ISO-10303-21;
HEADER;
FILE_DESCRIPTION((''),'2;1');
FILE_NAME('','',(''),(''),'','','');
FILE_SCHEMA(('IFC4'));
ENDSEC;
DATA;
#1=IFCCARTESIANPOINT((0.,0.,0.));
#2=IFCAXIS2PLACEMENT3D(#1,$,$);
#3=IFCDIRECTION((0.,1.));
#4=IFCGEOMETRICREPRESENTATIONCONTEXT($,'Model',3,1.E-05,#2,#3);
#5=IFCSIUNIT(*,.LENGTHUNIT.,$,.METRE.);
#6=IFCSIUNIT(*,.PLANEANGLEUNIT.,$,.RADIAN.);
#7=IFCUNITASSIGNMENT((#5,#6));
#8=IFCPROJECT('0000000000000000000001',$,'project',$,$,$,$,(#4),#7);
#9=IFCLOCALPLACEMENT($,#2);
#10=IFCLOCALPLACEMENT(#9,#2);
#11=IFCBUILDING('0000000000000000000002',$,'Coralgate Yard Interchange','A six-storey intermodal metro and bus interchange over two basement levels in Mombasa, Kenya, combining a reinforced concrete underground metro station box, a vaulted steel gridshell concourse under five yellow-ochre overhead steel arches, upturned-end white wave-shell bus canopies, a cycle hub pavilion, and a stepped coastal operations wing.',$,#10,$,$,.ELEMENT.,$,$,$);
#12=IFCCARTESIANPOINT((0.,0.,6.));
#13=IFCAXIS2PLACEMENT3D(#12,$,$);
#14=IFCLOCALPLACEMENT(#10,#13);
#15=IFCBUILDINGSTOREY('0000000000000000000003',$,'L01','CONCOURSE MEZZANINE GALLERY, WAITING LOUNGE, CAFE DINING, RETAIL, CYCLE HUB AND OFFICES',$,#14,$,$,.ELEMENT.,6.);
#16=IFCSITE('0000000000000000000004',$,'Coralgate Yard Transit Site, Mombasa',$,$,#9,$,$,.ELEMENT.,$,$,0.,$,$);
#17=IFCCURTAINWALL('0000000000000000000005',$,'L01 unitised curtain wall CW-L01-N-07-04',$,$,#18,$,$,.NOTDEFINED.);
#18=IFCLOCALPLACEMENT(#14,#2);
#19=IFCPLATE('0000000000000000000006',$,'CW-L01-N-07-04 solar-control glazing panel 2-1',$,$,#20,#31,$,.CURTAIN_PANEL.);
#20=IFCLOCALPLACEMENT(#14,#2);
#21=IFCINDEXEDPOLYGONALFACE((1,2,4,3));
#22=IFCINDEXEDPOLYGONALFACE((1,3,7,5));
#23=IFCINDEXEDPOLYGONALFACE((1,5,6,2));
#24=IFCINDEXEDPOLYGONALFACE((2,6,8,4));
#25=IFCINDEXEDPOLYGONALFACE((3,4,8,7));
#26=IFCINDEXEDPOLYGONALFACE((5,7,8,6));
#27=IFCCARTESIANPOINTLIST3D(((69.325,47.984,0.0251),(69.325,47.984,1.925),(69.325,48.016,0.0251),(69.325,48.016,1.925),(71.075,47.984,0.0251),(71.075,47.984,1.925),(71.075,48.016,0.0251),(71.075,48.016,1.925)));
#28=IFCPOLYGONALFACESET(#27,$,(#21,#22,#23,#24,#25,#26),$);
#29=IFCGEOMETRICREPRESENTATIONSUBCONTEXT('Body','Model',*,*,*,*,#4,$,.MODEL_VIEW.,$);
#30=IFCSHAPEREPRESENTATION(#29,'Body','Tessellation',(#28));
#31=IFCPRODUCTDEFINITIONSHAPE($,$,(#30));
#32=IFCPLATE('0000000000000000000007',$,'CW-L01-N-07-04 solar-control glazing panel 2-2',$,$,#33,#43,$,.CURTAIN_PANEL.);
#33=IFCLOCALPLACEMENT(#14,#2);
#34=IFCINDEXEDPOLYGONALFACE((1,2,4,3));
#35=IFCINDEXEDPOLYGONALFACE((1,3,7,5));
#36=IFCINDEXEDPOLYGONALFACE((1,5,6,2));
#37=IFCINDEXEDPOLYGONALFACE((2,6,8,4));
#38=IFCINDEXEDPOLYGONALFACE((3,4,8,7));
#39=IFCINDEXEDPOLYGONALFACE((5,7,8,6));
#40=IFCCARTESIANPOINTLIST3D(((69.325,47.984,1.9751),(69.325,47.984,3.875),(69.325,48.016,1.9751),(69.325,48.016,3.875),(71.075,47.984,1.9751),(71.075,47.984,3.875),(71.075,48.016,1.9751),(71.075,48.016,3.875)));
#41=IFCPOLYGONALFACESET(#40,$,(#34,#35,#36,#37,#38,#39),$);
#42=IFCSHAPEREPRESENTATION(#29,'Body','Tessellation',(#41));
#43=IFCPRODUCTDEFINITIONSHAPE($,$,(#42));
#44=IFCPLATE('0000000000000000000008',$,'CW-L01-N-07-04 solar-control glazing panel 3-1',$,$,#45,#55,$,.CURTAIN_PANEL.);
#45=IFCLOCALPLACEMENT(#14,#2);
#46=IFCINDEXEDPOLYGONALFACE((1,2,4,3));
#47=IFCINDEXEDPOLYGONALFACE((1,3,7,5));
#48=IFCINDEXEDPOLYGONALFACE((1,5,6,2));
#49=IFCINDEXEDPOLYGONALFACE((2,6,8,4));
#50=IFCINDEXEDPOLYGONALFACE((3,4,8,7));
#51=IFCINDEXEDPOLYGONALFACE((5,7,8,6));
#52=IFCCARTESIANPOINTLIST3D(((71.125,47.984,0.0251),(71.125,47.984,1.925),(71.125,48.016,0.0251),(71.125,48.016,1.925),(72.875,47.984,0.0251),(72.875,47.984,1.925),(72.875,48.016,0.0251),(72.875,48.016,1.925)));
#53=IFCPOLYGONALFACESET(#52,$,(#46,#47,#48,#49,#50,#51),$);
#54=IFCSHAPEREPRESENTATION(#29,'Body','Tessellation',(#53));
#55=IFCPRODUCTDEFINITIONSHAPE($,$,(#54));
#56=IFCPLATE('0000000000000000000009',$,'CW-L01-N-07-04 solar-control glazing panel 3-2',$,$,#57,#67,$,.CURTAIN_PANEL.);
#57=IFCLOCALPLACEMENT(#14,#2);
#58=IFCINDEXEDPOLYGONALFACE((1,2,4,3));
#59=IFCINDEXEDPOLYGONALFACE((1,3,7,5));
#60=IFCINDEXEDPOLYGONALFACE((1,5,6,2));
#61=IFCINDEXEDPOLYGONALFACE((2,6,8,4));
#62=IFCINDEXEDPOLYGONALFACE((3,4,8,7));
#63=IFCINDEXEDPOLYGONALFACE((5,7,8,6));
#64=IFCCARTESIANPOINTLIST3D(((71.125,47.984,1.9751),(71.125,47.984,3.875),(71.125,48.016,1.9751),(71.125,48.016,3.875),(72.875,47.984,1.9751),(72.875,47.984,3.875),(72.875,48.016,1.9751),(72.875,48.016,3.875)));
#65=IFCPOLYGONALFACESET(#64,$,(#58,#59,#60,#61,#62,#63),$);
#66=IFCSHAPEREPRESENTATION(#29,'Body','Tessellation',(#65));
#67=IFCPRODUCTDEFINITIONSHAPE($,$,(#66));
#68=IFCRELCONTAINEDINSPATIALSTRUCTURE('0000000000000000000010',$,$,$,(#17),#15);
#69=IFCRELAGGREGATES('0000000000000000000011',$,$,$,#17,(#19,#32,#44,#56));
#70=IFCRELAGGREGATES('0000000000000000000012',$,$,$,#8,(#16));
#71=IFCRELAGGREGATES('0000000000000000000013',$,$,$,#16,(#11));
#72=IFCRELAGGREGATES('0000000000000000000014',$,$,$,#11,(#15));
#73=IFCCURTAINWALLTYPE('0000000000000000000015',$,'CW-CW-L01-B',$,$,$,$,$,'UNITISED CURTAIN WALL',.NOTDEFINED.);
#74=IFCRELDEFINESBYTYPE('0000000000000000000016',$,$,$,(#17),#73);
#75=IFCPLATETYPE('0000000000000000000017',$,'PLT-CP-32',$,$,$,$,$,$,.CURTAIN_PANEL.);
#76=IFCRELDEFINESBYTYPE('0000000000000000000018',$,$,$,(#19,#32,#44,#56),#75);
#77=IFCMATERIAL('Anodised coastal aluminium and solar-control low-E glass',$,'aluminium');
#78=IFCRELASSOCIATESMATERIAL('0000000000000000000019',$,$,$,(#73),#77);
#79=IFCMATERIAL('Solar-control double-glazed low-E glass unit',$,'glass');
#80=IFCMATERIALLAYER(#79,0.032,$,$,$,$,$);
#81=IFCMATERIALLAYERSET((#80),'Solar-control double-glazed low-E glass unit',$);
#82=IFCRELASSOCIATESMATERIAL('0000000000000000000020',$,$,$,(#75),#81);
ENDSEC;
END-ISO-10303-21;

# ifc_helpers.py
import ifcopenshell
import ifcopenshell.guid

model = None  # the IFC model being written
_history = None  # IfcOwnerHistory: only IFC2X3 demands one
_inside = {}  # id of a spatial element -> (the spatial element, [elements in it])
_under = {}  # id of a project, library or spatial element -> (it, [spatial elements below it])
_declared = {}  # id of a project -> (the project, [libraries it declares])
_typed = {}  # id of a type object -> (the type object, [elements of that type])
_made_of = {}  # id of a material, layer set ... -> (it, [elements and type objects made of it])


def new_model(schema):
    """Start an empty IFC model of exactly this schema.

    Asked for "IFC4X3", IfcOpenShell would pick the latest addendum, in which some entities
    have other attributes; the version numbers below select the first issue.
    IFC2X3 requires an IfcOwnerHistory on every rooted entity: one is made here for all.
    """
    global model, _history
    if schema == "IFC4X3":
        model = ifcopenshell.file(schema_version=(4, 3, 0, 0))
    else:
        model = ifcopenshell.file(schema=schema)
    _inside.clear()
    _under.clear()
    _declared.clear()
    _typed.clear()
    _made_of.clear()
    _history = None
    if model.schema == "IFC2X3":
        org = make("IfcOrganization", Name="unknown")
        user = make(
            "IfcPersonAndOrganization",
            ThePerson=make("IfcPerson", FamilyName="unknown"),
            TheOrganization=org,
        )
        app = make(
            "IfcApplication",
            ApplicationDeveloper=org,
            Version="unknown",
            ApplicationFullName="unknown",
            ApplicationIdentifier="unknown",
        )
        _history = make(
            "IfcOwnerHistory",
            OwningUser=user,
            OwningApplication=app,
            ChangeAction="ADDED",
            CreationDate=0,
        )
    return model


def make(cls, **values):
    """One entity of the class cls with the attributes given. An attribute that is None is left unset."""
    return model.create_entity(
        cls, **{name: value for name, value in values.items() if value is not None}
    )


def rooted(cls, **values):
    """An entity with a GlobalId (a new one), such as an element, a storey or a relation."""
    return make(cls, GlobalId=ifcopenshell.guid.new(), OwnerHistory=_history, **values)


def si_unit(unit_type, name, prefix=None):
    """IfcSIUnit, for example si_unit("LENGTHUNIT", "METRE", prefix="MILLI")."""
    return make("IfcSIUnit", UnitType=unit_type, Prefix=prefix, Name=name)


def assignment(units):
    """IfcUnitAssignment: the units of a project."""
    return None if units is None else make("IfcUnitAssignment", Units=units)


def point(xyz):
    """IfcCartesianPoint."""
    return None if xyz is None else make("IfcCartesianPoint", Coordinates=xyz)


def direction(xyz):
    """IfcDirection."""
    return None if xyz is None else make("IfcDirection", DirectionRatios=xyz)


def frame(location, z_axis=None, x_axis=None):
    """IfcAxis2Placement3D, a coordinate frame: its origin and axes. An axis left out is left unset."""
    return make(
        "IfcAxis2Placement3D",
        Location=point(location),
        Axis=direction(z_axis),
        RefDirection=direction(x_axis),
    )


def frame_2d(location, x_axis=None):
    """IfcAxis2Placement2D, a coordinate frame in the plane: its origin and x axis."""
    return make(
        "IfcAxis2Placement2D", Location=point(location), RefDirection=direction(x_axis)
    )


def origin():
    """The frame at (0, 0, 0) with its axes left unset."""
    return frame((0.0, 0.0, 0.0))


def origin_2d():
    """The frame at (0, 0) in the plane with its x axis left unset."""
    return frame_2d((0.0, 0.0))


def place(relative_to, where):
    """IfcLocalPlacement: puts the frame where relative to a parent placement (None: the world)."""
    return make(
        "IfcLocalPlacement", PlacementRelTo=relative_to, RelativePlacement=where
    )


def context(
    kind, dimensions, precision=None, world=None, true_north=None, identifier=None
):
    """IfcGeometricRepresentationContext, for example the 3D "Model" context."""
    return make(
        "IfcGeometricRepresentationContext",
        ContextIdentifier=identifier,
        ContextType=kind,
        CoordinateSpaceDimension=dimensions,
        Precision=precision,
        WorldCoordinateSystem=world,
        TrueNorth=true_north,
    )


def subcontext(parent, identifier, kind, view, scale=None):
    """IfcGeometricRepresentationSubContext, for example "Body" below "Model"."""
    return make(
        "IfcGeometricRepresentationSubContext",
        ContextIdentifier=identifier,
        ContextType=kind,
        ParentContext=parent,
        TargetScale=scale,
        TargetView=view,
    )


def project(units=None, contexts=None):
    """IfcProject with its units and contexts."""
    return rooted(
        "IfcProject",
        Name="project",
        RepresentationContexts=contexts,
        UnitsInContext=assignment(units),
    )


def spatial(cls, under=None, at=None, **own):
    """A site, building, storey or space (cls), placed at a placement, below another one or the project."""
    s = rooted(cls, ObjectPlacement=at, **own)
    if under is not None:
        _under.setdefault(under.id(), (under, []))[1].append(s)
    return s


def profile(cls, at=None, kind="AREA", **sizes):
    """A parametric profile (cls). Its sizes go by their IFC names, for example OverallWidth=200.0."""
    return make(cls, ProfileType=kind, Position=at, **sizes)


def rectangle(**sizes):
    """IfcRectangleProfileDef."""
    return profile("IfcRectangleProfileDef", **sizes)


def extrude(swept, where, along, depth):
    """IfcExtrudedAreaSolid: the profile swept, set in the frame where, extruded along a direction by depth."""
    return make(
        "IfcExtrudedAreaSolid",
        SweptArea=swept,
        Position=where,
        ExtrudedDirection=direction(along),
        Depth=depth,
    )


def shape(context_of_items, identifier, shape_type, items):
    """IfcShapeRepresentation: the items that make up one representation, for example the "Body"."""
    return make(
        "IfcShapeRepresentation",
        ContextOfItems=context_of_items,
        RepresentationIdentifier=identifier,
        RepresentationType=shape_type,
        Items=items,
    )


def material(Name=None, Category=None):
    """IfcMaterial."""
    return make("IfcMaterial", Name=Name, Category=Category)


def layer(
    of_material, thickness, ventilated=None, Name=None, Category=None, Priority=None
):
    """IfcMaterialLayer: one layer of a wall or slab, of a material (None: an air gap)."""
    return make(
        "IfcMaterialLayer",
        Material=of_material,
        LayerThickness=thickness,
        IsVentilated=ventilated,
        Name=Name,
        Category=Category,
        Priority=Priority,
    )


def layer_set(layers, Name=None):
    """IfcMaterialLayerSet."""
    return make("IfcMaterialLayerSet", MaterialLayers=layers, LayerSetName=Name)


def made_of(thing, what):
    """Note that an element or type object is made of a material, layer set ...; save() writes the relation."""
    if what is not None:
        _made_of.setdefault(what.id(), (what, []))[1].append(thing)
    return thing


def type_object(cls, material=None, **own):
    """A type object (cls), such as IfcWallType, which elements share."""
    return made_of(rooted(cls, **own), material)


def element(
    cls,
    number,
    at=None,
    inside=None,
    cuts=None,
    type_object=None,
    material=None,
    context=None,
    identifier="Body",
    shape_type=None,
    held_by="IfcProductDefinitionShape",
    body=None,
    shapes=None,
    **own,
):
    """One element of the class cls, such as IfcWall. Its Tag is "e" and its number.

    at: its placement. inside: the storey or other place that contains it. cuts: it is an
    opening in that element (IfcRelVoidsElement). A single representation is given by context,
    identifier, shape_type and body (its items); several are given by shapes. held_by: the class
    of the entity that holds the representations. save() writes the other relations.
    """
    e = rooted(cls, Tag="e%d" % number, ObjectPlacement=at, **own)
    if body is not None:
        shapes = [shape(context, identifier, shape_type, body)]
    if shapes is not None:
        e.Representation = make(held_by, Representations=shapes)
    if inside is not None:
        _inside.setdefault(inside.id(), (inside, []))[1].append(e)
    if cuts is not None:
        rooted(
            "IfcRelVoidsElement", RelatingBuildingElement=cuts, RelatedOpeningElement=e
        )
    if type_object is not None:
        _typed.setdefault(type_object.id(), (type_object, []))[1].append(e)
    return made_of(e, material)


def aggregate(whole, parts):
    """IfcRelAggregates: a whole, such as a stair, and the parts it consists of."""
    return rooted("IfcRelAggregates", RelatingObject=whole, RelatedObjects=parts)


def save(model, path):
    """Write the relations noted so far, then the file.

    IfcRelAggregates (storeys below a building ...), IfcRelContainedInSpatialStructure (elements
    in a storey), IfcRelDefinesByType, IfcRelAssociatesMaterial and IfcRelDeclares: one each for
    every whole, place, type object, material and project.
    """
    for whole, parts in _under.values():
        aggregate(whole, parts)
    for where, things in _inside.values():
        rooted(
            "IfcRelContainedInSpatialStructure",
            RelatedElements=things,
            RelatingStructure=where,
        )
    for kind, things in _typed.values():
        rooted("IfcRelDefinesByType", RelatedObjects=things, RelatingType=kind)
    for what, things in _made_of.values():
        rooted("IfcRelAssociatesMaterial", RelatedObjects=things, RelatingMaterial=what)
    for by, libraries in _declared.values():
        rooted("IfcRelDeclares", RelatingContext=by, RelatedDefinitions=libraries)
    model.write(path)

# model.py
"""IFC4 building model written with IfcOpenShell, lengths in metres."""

from ifc_helpers import new_model, si_unit, direction, frame, origin, origin_2d, place, context, subcontext, project, spatial, rectangle, extrude, material, layer, layer_set, type_object, element, aggregate, save


model = new_model("IFC4")

# Units and contexts
model_context = context("Model", 3, precision=1e-05, world=origin(), true_north=direction((0.0, 1.0)))
body_context = subcontext(model_context, "Body", "Model", "MODEL_VIEW")
ifc_project = project(units=[si_unit("LENGTHUNIT", "METRE"), si_unit("PLANEANGLEUNIT", "RADIAN")], contexts=[model_context])

# Site, building, storey
site_placement = place(None, origin())
site = spatial("IfcSite", under=ifc_project, at=site_placement, Name="Coralgate Yard Transit Site, Mombasa", CompositionType="ELEMENT", RefElevation=0.0)
building_placement = place(site_placement, origin())
building = spatial("IfcBuilding", under=site, at=building_placement, Name="Coralgate Yard Interchange", Description="A six-storey intermodal metro and bus interchange over two basement levels in Mombasa, Kenya, combining a reinforced concrete underground metro station box, a vaulted steel gridshell concourse under five yellow-ochre overhead steel arches, upturned-end white wave-shell bus canopies, a cycle hub pavilion, and a stepped coastal operations wing.", CompositionType="ELEMENT")
storey_placement = place(building_placement, frame((0.0, 0.0, 6.0)))
storey = spatial("IfcBuildingStorey", under=building, at=storey_placement, Name="L01", Description="CONCOURSE MEZZANINE GALLERY, WAITING LOUNGE, CAFE DINING, RETAIL, CYCLE HUB AND OFFICES", CompositionType="ELEMENT", Elevation=6.0)

# Curtain wall
ifc_material_1 = material(Name="Anodised coastal aluminium and solar-control low-E glass", Category="aluminium")
curtain_wall_type = type_object("IfcCurtainWallType", Name="CW-CW-L01-B", ElementType="UNITISED CURTAIN WALL", PredefinedType="NOTDEFINED", material=ifc_material_1)
curtain_wall_1_placement = place(storey_placement, origin())
curtain_wall_1 = element("IfcCurtainWall", 1, at=curtain_wall_1_placement, inside=storey, type_object=curtain_wall_type, Name="L01 unitised curtain wall CW-L01-N-07-04", PredefinedType="NOTDEFINED")

# Plates
ifc_material_2 = material(Name="Solar-control double-glazed low-E glass unit", Category="glass")
ifc_layer = layer(ifc_material_2, 0.032)
ifc_layer_set = layer_set([ifc_layer], Name="Solar-control double-glazed low-E glass unit")
plate_type = type_object("IfcPlateType", Name="PLT-CP-32", PredefinedType="CURTAIN_PANEL", material=ifc_layer_set)
plate_1_placement = place(storey_placement, frame((70.2, 48.0, 0.0251), z_axis=(0.0, 0.0, 1.0), x_axis=(1.0, 0.0, 0.0)))
plate_1 = element("IfcPlate", 2, at=plate_1_placement, type_object=plate_type, Name="CW-L01-N-07-04 solar-control glazing panel 2-1", PredefinedType="CURTAIN_PANEL", context=body_context, shape_type="SweptSolid", body=[
    extrude(rectangle(XDim=1.75, YDim=0.032, at=origin_2d()), origin(), (0.0, 0.0, 1.0), 1.8999),
])
plate_2_placement = place(storey_placement, frame((70.2, 48.0, 1.9751), z_axis=(0.0, 0.0, 1.0), x_axis=(1.0, 0.0, 0.0)))
plate_2 = element("IfcPlate", 3, at=plate_2_placement, type_object=plate_type, Name="CW-L01-N-07-04 solar-control glazing panel 2-2", PredefinedType="CURTAIN_PANEL", context=body_context, shape_type="SweptSolid", body=[
    extrude(rectangle(XDim=1.75, YDim=0.032, at=origin_2d()), origin(), (0.0, 0.0, 1.0), 1.8999),
])
plate_3_placement = place(storey_placement, frame((72.0, 48.0, 0.0251), z_axis=(0.0, 0.0, 1.0), x_axis=(1.0, 0.0, 0.0)))
plate_3 = element("IfcPlate", 4, at=plate_3_placement, type_object=plate_type, Name="CW-L01-N-07-04 solar-control glazing panel 3-1", PredefinedType="CURTAIN_PANEL", context=body_context, shape_type="SweptSolid", body=[
    extrude(rectangle(XDim=1.75, YDim=0.032, at=origin_2d()), origin(), (0.0, 0.0, 1.0), 1.8999),
])
plate_4_placement = place(storey_placement, frame((72.0, 48.0, 1.9751), z_axis=(0.0, 0.0, 1.0), x_axis=(1.0, 0.0, 0.0)))
plate_4 = element("IfcPlate", 5, at=plate_4_placement, type_object=plate_type, Name="CW-L01-N-07-04 solar-control glazing panel 3-2", PredefinedType="CURTAIN_PANEL", context=body_context, shape_type="SweptSolid", body=[
    extrude(rectangle(XDim=1.75, YDim=0.032, at=origin_2d()), origin(), (0.0, 0.0, 1.0), 1.8999),
])
aggregate(curtain_wall_1, [plate_1, plate_2, plate_3, plate_4])

save(model, "model.ifc")
